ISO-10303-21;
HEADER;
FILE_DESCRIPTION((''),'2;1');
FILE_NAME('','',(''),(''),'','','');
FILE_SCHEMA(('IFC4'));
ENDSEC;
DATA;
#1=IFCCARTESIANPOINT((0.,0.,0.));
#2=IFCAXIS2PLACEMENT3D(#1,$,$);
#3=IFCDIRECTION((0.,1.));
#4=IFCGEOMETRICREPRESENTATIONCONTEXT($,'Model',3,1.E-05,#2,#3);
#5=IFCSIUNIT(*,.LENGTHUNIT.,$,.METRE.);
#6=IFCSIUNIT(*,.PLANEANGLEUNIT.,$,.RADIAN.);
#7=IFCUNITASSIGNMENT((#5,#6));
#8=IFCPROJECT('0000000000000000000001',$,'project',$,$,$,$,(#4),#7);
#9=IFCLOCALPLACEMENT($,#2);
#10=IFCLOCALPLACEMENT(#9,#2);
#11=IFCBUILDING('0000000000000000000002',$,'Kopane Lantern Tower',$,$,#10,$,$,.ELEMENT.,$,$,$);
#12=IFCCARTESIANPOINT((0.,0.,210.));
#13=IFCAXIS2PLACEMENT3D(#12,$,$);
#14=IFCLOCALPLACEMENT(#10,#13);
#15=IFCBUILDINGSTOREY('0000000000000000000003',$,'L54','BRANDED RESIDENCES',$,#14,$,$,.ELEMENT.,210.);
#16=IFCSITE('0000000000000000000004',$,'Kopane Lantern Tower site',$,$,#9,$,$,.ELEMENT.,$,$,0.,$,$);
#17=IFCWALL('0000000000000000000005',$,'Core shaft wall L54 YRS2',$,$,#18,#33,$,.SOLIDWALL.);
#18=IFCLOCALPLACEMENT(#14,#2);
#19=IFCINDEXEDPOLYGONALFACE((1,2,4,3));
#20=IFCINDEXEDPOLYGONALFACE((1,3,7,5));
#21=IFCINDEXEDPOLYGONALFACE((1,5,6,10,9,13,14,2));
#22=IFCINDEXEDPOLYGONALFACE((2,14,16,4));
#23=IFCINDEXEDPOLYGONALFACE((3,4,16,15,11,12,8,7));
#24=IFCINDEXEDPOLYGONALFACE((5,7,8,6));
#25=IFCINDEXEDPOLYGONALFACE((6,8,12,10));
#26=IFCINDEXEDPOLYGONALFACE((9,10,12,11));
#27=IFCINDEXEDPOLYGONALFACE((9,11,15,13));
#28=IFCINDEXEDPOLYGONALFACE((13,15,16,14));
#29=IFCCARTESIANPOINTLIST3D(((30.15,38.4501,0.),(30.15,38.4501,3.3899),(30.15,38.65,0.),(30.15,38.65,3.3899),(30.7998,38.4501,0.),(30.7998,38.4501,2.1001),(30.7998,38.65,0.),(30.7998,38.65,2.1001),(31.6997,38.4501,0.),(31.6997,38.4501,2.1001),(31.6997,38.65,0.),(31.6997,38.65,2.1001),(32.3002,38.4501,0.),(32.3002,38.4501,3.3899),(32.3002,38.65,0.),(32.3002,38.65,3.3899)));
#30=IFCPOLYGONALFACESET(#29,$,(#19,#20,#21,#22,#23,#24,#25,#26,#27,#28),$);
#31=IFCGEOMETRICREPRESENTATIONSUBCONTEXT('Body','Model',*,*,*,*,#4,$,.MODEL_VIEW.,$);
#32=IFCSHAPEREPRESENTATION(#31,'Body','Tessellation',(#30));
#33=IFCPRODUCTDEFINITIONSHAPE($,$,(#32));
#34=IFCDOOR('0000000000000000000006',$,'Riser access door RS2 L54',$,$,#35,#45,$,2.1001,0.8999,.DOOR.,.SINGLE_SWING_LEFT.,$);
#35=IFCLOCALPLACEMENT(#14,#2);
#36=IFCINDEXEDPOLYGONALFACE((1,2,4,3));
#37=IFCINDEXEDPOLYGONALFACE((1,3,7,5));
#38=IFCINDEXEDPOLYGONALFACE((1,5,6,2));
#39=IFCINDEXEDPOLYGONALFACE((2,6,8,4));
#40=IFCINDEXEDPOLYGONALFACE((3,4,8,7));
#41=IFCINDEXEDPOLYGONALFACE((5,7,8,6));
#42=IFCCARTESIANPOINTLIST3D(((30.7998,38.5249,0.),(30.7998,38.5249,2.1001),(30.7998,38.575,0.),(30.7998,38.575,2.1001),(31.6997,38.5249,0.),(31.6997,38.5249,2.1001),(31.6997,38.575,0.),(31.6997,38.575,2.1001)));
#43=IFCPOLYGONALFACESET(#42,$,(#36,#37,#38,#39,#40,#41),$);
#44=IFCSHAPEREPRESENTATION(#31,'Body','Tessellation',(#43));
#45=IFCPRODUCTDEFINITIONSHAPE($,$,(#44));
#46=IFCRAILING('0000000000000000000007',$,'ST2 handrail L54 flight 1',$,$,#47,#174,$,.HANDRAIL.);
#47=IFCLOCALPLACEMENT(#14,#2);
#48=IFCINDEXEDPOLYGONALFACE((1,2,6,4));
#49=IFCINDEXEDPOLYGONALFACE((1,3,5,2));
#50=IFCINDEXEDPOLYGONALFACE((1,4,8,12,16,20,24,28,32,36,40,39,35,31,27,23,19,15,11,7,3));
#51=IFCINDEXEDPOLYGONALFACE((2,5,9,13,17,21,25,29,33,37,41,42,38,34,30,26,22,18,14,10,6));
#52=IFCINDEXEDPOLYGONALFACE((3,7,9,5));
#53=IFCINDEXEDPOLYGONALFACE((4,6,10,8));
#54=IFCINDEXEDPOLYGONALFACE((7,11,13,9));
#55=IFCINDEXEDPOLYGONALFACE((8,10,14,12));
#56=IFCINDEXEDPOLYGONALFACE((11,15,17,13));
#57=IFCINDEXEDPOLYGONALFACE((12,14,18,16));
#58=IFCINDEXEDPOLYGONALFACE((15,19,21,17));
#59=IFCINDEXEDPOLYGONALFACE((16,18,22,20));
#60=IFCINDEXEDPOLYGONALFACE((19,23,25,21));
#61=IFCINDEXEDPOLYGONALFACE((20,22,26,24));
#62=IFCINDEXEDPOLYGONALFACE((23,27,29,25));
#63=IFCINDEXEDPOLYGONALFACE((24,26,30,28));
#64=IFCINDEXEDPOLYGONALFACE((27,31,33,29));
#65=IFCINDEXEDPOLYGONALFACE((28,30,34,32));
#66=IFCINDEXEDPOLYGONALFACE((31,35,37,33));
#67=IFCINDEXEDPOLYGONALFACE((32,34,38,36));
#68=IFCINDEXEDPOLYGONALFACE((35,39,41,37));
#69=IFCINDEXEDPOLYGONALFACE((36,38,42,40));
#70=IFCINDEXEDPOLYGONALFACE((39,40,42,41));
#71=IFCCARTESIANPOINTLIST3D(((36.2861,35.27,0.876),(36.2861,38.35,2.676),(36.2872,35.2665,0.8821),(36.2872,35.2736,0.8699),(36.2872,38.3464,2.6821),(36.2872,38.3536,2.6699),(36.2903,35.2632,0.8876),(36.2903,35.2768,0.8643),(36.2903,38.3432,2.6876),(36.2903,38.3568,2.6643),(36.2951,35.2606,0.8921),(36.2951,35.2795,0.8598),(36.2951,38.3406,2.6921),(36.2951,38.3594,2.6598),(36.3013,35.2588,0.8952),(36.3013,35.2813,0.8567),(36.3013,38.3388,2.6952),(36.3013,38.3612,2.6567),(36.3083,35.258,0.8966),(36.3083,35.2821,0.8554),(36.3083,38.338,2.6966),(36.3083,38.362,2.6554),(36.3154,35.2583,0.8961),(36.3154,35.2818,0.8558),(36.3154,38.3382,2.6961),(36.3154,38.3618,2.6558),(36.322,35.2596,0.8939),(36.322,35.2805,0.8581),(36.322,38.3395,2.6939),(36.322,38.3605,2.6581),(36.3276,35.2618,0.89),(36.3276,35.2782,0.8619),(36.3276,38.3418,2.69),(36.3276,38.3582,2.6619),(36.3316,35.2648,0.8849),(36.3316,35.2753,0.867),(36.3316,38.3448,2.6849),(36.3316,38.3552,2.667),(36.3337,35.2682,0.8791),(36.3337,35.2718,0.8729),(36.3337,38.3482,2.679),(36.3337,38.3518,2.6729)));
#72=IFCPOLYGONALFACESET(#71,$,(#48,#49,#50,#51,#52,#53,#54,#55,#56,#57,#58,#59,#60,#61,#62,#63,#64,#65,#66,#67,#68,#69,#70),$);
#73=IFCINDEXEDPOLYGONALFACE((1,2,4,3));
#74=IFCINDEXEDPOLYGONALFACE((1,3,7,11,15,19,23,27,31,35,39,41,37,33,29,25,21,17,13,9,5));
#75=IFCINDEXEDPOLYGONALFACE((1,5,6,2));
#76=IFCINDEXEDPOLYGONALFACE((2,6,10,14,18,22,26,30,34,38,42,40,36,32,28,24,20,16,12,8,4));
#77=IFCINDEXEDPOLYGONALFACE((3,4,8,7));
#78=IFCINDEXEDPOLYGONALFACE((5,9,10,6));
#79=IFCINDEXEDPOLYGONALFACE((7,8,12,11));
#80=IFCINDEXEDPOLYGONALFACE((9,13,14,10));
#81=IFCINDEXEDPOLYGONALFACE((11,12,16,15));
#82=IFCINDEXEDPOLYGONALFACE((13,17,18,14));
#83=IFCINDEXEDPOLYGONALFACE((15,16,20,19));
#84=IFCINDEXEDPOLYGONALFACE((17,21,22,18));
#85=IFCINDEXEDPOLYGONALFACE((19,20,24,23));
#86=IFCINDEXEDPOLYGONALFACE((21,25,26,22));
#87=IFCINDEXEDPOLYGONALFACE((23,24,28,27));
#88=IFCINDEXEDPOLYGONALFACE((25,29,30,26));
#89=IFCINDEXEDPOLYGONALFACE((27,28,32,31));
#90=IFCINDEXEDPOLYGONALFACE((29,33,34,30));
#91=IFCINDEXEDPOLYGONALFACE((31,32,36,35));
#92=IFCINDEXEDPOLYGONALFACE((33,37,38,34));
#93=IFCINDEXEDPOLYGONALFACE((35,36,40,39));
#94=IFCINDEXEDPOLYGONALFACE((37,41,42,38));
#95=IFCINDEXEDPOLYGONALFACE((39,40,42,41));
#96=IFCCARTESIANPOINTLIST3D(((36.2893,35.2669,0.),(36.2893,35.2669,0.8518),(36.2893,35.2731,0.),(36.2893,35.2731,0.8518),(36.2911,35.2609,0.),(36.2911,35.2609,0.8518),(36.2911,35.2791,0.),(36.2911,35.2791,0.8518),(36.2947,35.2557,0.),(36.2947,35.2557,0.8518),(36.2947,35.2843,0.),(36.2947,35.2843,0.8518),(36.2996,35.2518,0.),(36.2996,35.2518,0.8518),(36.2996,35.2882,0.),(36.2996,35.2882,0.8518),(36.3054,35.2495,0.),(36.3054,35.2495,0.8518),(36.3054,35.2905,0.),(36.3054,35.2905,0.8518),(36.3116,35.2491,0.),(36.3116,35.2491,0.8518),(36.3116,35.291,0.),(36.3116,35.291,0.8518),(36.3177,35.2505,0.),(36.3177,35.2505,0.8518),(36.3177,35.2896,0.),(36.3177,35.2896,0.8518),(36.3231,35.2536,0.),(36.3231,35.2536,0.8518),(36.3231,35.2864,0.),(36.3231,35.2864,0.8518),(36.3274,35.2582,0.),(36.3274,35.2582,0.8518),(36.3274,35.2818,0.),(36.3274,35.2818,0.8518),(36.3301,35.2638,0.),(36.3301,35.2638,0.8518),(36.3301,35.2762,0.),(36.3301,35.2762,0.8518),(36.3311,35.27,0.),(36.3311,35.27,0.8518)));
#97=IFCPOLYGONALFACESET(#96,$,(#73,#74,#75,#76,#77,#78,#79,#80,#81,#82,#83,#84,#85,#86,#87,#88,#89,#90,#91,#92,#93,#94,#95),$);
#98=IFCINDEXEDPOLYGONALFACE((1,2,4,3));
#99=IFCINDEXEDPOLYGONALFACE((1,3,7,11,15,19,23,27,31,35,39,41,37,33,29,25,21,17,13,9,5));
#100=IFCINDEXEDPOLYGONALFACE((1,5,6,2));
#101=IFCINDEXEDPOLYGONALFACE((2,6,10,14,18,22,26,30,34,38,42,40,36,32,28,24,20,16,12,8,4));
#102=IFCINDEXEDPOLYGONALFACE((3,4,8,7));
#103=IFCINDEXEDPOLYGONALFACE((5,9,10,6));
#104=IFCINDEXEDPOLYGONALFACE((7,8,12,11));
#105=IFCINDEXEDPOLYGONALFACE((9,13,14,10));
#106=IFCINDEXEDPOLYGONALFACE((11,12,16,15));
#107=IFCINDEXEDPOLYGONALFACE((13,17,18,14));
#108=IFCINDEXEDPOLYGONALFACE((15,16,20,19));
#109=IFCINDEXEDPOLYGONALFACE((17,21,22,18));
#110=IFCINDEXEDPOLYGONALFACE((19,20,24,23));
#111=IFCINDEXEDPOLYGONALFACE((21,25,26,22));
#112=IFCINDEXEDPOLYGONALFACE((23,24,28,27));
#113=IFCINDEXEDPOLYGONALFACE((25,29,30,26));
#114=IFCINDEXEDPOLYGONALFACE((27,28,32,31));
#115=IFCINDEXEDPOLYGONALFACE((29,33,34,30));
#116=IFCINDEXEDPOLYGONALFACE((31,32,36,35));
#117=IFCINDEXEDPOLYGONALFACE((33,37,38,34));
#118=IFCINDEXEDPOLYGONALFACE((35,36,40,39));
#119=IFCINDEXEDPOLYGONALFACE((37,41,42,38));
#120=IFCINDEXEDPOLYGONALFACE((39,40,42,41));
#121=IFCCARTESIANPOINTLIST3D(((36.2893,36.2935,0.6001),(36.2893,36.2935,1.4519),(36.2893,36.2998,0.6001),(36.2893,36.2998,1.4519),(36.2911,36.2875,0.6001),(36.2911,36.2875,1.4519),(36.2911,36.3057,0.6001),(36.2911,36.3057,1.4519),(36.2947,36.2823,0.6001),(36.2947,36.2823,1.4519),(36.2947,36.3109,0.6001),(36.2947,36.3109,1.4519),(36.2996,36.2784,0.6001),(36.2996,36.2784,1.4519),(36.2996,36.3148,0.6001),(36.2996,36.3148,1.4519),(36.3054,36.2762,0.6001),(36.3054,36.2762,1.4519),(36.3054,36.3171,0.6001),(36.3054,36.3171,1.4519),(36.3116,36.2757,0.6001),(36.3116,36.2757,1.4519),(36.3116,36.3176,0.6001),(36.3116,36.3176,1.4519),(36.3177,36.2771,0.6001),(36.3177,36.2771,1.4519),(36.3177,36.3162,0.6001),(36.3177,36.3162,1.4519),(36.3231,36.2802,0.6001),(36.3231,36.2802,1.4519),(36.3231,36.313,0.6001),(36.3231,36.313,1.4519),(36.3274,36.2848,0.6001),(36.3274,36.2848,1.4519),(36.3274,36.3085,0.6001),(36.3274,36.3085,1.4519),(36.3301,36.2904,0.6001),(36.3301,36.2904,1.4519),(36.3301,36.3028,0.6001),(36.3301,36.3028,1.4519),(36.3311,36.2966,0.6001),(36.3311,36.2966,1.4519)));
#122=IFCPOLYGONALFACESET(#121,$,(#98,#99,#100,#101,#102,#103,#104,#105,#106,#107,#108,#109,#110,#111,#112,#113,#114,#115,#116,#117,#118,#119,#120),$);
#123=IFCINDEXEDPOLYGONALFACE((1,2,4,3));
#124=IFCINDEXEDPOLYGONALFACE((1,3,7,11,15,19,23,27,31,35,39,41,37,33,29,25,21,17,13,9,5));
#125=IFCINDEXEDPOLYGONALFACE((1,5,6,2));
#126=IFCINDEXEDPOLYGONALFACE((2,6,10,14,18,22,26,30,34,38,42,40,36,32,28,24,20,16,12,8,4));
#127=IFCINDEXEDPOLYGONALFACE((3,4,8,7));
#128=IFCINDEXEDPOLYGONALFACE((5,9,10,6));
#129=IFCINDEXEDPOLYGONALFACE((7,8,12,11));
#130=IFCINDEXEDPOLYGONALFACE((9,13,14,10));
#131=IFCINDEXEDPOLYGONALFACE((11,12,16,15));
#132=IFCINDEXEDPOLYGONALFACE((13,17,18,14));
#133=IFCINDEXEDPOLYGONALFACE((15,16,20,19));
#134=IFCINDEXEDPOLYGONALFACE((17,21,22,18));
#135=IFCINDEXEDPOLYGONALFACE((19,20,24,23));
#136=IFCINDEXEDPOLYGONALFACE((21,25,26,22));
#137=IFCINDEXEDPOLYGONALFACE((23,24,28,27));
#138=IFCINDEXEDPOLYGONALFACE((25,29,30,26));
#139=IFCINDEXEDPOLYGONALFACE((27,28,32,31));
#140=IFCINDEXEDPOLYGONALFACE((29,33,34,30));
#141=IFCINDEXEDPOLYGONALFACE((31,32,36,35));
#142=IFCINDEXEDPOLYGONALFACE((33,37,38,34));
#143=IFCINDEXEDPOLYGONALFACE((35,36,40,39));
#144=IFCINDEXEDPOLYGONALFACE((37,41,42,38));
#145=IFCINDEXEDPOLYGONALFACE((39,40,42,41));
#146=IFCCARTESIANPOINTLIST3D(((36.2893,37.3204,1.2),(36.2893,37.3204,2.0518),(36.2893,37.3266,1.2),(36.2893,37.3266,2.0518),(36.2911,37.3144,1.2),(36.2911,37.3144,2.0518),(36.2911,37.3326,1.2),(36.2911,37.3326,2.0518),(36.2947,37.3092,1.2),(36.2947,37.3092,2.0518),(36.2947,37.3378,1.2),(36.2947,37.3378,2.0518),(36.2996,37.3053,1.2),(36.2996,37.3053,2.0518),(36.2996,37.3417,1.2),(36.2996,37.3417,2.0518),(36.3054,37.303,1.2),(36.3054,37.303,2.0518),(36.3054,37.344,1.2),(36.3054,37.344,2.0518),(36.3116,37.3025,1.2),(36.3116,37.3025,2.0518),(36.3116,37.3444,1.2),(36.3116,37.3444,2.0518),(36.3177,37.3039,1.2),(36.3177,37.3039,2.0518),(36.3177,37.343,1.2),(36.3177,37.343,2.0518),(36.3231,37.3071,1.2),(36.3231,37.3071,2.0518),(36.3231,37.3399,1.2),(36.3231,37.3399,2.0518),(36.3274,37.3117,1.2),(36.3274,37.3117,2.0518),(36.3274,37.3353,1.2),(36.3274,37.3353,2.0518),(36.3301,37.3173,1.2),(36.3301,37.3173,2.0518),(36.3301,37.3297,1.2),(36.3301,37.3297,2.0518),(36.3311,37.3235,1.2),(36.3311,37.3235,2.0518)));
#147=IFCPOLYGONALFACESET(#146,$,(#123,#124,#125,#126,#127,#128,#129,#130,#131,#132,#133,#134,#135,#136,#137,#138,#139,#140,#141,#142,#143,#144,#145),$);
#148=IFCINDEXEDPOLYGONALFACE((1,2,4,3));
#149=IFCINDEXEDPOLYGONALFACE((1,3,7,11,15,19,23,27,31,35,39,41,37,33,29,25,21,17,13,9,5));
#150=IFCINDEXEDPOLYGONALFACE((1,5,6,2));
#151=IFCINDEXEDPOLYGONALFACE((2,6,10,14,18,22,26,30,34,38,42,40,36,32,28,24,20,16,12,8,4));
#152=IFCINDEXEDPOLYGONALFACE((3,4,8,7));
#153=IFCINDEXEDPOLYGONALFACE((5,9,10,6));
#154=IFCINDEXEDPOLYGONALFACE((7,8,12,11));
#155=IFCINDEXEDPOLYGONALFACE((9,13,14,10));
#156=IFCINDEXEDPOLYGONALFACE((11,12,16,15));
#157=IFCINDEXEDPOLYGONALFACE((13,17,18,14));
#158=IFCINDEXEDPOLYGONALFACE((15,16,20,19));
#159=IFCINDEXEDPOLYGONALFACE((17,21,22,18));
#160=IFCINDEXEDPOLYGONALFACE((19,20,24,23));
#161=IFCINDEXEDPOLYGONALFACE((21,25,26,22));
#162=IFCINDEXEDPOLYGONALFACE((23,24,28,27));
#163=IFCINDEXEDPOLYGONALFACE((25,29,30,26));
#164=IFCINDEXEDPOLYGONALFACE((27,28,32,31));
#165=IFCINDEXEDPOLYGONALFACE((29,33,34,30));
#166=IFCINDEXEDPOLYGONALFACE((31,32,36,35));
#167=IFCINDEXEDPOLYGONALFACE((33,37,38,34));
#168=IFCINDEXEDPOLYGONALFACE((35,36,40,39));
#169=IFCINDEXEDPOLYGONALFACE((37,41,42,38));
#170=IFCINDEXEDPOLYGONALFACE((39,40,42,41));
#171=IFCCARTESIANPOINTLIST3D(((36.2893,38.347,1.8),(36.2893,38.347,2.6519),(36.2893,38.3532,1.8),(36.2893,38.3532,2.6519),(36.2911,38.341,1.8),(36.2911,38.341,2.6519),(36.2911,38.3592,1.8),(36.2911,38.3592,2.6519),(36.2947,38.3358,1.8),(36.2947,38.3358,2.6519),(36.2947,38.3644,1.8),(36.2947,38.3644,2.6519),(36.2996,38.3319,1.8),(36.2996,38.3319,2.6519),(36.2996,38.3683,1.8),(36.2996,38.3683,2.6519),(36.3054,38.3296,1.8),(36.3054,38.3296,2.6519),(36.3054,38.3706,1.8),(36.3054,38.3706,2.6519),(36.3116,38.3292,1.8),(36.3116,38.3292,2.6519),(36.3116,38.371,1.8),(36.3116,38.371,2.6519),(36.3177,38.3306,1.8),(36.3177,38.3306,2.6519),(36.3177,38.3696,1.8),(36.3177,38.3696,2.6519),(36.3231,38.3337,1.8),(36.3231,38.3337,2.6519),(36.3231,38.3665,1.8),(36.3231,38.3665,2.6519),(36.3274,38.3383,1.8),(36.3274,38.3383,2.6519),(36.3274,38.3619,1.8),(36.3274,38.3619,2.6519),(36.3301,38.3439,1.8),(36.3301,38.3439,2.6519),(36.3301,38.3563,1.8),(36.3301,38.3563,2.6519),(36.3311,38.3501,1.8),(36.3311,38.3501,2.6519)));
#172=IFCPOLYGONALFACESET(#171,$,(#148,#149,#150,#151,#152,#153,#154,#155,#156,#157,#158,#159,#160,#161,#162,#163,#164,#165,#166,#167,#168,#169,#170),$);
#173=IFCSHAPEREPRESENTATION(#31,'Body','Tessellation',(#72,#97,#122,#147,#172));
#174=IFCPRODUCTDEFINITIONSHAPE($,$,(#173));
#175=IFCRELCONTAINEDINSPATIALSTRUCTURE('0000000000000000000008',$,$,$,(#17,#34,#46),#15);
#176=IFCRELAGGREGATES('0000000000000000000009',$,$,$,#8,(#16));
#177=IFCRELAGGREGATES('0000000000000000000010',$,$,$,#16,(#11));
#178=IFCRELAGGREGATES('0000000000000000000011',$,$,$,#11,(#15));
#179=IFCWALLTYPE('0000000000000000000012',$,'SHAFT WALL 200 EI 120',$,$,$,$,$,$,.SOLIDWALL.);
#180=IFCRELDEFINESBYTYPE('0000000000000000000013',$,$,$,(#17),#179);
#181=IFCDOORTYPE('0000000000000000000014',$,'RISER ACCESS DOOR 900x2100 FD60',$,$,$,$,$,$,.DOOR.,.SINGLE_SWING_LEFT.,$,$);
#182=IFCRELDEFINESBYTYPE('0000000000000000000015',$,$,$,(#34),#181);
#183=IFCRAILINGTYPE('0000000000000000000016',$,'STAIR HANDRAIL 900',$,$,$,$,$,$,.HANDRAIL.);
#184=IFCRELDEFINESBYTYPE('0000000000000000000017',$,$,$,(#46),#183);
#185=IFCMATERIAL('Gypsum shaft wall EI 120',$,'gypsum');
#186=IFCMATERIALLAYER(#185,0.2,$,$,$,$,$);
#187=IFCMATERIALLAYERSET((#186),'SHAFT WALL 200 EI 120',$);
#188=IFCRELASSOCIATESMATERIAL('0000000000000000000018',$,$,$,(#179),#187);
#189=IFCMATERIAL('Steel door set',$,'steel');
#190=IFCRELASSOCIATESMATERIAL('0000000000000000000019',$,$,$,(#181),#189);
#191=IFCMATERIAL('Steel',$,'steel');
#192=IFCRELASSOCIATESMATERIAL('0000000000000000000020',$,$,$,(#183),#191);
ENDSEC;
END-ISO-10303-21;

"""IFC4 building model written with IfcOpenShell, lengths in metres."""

from ifc_helpers import new_model, si_unit, direction, frame, frame_2d, origin, origin_2d, place, context, subcontext, project, spatial, rectangle, circle, extrude, material, layer, layer_set, type_object, element, fill, save


model = new_model("IFC4")

# Units and contexts
model_context = context("Model", 3, precision=1e-05, world=origin(), true_north=direction((0.0, 1.0)))
body_context = subcontext(model_context, "Body", "Model", "MODEL_VIEW")
ifc_project = project(units=[si_unit("LENGTHUNIT", "METRE"), si_unit("PLANEANGLEUNIT", "RADIAN")], contexts=[model_context])

# Site, building, storey
site_placement = place(None, origin())
site = spatial("IfcSite", under=ifc_project, at=site_placement, Name="Kopane Lantern Tower site", CompositionType="ELEMENT", RefElevation=0.0)
building_placement = place(site_placement, origin())
building = spatial("IfcBuilding", under=site, at=building_placement, Name="Kopane Lantern Tower", CompositionType="ELEMENT")
storey_placement = place(building_placement, frame((0.0, 0.0, 210.0)))
storey = spatial("IfcBuildingStorey", under=building, at=storey_placement, Name="L54", Description="BRANDED RESIDENCES", CompositionType="ELEMENT", Elevation=210.0)

# Shared definitions
ifc_material_1 = material(Name="Gypsum shaft wall EI 120", Category="gypsum")
ifc_layer_1 = layer(ifc_material_1, 0.2)
ifc_layer_set_1 = layer_set([ifc_layer_1], Name="SHAFT WALL 200 EI 120")
wall_type_1 = type_object("IfcWallType", Name="SHAFT WALL 200 EI 120", PredefinedType="SOLIDWALL", material=ifc_layer_set_1)

# Wall, opening, door
wall_1_placement = place(storey_placement, frame((30.1499, 38.55, 0.0), z_axis=(0.0, 0.0, 1.0), x_axis=(1.0, 0.0, 0.0)))
wall_1 = element("IfcWall", 1, at=wall_1_placement, inside=storey, type_object=wall_type_1, Name="Core shaft wall L54 YRS2", PredefinedType="SOLIDWALL", context=body_context, shape_type="SweptSolid", body=[
    extrude(rectangle(XDim=2.1501, YDim=0.2, at=frame_2d((1.0752, 0.0))), origin(), (0.0, 0.0, 1.0), 3.3899),
])
opening_1_placement = place(wall_1_placement, frame((0.6499, 0.0, 0.0)))
opening_1 = element("IfcOpeningElement", 2, at=opening_1_placement, cuts=wall_1, PredefinedType="OPENING", context=body_context, shape_type="SweptSolid", body=[
    extrude(rectangle(XDim=0.8999, YDim=2.1001, at=frame_2d((0.45, 1.05))), frame((0.0, 0.1099, 0.0), z_axis=(0.0, -1.0, 0.0), x_axis=(1.0, 0.0, 0.0)), (0.0, 0.0, 1.0), 0.22),
])
ifc_material_2 = material(Name="Steel door set", Category="steel")
door_type_1 = type_object("IfcDoorType", Name="RISER ACCESS DOOR 900x2100 FD60", OperationType="SINGLE_SWING_LEFT", PredefinedType="DOOR", material=ifc_material_2)
door_1_placement = place(opening_1_placement, origin())
door_1 = element("IfcDoor", 3, at=door_1_placement, inside=storey, type_object=door_type_1, Name="Riser access door RS2 L54", OperationType="SINGLE_SWING_LEFT", OverallHeight=2.1001, OverallWidth=0.8999, PredefinedType="DOOR", context=body_context, shape_type="SweptSolid", body=[
    extrude(rectangle(XDim=0.8999, YDim=2.1001, at=frame_2d((0.45, 1.05))), frame((0.0, 0.0249, 0.0), z_axis=(0.0, -1.0, 0.0), x_axis=(1.0, 0.0, 0.0)), (0.0, 0.0, 1.0), 0.05),
])
fill(opening_1, door_1)

# Railing
ifc_material_3 = material(Name="Steel", Category="steel")
railing_type_1 = type_object("IfcRailingType", Name="STAIR HANDRAIL 900", PredefinedType="HANDRAIL", material=ifc_material_3)
for number, where, name in (
    (4, (36.3101, 35.27, 0.0), "ST2 handrail L54 flight 1"),
):
    element("IfcRailing", number, at=place(storey_placement, frame(where)), inside=storey, type_object=railing_type_1, Name=name, PredefinedType="HANDRAIL", context=body_context, shape_type="SweptSolid", body=[
        extrude(circle(Radius=0.0239, at=origin_2d()), frame((0.0, 0.0, 0.876), z_axis=(0.0, 0.863372, 0.504569), x_axis=(-1.0, 0.0, 0.0)), (0.0, 0.0, 1.0), 3.5674),
        extrude(circle(Radius=0.021, at=origin_2d()), origin(), (0.0, 0.0, 1.0), 0.8518),
        extrude(circle(Radius=0.021, at=origin_2d()), frame((0.0, 1.0266, 0.6001)), (0.0, 0.0, 1.0), 0.8518),
        extrude(circle(Radius=0.021, at=origin_2d()), frame((0.0, 2.0535, 1.2)), (0.0, 0.0, 1.0), 0.8518),
        extrude(circle(Radius=0.021, at=origin_2d()), frame((0.0, 3.0801, 1.8)), (0.0, 0.0, 1.0), 0.8518),
    ])

save(model, "model.ifc")
